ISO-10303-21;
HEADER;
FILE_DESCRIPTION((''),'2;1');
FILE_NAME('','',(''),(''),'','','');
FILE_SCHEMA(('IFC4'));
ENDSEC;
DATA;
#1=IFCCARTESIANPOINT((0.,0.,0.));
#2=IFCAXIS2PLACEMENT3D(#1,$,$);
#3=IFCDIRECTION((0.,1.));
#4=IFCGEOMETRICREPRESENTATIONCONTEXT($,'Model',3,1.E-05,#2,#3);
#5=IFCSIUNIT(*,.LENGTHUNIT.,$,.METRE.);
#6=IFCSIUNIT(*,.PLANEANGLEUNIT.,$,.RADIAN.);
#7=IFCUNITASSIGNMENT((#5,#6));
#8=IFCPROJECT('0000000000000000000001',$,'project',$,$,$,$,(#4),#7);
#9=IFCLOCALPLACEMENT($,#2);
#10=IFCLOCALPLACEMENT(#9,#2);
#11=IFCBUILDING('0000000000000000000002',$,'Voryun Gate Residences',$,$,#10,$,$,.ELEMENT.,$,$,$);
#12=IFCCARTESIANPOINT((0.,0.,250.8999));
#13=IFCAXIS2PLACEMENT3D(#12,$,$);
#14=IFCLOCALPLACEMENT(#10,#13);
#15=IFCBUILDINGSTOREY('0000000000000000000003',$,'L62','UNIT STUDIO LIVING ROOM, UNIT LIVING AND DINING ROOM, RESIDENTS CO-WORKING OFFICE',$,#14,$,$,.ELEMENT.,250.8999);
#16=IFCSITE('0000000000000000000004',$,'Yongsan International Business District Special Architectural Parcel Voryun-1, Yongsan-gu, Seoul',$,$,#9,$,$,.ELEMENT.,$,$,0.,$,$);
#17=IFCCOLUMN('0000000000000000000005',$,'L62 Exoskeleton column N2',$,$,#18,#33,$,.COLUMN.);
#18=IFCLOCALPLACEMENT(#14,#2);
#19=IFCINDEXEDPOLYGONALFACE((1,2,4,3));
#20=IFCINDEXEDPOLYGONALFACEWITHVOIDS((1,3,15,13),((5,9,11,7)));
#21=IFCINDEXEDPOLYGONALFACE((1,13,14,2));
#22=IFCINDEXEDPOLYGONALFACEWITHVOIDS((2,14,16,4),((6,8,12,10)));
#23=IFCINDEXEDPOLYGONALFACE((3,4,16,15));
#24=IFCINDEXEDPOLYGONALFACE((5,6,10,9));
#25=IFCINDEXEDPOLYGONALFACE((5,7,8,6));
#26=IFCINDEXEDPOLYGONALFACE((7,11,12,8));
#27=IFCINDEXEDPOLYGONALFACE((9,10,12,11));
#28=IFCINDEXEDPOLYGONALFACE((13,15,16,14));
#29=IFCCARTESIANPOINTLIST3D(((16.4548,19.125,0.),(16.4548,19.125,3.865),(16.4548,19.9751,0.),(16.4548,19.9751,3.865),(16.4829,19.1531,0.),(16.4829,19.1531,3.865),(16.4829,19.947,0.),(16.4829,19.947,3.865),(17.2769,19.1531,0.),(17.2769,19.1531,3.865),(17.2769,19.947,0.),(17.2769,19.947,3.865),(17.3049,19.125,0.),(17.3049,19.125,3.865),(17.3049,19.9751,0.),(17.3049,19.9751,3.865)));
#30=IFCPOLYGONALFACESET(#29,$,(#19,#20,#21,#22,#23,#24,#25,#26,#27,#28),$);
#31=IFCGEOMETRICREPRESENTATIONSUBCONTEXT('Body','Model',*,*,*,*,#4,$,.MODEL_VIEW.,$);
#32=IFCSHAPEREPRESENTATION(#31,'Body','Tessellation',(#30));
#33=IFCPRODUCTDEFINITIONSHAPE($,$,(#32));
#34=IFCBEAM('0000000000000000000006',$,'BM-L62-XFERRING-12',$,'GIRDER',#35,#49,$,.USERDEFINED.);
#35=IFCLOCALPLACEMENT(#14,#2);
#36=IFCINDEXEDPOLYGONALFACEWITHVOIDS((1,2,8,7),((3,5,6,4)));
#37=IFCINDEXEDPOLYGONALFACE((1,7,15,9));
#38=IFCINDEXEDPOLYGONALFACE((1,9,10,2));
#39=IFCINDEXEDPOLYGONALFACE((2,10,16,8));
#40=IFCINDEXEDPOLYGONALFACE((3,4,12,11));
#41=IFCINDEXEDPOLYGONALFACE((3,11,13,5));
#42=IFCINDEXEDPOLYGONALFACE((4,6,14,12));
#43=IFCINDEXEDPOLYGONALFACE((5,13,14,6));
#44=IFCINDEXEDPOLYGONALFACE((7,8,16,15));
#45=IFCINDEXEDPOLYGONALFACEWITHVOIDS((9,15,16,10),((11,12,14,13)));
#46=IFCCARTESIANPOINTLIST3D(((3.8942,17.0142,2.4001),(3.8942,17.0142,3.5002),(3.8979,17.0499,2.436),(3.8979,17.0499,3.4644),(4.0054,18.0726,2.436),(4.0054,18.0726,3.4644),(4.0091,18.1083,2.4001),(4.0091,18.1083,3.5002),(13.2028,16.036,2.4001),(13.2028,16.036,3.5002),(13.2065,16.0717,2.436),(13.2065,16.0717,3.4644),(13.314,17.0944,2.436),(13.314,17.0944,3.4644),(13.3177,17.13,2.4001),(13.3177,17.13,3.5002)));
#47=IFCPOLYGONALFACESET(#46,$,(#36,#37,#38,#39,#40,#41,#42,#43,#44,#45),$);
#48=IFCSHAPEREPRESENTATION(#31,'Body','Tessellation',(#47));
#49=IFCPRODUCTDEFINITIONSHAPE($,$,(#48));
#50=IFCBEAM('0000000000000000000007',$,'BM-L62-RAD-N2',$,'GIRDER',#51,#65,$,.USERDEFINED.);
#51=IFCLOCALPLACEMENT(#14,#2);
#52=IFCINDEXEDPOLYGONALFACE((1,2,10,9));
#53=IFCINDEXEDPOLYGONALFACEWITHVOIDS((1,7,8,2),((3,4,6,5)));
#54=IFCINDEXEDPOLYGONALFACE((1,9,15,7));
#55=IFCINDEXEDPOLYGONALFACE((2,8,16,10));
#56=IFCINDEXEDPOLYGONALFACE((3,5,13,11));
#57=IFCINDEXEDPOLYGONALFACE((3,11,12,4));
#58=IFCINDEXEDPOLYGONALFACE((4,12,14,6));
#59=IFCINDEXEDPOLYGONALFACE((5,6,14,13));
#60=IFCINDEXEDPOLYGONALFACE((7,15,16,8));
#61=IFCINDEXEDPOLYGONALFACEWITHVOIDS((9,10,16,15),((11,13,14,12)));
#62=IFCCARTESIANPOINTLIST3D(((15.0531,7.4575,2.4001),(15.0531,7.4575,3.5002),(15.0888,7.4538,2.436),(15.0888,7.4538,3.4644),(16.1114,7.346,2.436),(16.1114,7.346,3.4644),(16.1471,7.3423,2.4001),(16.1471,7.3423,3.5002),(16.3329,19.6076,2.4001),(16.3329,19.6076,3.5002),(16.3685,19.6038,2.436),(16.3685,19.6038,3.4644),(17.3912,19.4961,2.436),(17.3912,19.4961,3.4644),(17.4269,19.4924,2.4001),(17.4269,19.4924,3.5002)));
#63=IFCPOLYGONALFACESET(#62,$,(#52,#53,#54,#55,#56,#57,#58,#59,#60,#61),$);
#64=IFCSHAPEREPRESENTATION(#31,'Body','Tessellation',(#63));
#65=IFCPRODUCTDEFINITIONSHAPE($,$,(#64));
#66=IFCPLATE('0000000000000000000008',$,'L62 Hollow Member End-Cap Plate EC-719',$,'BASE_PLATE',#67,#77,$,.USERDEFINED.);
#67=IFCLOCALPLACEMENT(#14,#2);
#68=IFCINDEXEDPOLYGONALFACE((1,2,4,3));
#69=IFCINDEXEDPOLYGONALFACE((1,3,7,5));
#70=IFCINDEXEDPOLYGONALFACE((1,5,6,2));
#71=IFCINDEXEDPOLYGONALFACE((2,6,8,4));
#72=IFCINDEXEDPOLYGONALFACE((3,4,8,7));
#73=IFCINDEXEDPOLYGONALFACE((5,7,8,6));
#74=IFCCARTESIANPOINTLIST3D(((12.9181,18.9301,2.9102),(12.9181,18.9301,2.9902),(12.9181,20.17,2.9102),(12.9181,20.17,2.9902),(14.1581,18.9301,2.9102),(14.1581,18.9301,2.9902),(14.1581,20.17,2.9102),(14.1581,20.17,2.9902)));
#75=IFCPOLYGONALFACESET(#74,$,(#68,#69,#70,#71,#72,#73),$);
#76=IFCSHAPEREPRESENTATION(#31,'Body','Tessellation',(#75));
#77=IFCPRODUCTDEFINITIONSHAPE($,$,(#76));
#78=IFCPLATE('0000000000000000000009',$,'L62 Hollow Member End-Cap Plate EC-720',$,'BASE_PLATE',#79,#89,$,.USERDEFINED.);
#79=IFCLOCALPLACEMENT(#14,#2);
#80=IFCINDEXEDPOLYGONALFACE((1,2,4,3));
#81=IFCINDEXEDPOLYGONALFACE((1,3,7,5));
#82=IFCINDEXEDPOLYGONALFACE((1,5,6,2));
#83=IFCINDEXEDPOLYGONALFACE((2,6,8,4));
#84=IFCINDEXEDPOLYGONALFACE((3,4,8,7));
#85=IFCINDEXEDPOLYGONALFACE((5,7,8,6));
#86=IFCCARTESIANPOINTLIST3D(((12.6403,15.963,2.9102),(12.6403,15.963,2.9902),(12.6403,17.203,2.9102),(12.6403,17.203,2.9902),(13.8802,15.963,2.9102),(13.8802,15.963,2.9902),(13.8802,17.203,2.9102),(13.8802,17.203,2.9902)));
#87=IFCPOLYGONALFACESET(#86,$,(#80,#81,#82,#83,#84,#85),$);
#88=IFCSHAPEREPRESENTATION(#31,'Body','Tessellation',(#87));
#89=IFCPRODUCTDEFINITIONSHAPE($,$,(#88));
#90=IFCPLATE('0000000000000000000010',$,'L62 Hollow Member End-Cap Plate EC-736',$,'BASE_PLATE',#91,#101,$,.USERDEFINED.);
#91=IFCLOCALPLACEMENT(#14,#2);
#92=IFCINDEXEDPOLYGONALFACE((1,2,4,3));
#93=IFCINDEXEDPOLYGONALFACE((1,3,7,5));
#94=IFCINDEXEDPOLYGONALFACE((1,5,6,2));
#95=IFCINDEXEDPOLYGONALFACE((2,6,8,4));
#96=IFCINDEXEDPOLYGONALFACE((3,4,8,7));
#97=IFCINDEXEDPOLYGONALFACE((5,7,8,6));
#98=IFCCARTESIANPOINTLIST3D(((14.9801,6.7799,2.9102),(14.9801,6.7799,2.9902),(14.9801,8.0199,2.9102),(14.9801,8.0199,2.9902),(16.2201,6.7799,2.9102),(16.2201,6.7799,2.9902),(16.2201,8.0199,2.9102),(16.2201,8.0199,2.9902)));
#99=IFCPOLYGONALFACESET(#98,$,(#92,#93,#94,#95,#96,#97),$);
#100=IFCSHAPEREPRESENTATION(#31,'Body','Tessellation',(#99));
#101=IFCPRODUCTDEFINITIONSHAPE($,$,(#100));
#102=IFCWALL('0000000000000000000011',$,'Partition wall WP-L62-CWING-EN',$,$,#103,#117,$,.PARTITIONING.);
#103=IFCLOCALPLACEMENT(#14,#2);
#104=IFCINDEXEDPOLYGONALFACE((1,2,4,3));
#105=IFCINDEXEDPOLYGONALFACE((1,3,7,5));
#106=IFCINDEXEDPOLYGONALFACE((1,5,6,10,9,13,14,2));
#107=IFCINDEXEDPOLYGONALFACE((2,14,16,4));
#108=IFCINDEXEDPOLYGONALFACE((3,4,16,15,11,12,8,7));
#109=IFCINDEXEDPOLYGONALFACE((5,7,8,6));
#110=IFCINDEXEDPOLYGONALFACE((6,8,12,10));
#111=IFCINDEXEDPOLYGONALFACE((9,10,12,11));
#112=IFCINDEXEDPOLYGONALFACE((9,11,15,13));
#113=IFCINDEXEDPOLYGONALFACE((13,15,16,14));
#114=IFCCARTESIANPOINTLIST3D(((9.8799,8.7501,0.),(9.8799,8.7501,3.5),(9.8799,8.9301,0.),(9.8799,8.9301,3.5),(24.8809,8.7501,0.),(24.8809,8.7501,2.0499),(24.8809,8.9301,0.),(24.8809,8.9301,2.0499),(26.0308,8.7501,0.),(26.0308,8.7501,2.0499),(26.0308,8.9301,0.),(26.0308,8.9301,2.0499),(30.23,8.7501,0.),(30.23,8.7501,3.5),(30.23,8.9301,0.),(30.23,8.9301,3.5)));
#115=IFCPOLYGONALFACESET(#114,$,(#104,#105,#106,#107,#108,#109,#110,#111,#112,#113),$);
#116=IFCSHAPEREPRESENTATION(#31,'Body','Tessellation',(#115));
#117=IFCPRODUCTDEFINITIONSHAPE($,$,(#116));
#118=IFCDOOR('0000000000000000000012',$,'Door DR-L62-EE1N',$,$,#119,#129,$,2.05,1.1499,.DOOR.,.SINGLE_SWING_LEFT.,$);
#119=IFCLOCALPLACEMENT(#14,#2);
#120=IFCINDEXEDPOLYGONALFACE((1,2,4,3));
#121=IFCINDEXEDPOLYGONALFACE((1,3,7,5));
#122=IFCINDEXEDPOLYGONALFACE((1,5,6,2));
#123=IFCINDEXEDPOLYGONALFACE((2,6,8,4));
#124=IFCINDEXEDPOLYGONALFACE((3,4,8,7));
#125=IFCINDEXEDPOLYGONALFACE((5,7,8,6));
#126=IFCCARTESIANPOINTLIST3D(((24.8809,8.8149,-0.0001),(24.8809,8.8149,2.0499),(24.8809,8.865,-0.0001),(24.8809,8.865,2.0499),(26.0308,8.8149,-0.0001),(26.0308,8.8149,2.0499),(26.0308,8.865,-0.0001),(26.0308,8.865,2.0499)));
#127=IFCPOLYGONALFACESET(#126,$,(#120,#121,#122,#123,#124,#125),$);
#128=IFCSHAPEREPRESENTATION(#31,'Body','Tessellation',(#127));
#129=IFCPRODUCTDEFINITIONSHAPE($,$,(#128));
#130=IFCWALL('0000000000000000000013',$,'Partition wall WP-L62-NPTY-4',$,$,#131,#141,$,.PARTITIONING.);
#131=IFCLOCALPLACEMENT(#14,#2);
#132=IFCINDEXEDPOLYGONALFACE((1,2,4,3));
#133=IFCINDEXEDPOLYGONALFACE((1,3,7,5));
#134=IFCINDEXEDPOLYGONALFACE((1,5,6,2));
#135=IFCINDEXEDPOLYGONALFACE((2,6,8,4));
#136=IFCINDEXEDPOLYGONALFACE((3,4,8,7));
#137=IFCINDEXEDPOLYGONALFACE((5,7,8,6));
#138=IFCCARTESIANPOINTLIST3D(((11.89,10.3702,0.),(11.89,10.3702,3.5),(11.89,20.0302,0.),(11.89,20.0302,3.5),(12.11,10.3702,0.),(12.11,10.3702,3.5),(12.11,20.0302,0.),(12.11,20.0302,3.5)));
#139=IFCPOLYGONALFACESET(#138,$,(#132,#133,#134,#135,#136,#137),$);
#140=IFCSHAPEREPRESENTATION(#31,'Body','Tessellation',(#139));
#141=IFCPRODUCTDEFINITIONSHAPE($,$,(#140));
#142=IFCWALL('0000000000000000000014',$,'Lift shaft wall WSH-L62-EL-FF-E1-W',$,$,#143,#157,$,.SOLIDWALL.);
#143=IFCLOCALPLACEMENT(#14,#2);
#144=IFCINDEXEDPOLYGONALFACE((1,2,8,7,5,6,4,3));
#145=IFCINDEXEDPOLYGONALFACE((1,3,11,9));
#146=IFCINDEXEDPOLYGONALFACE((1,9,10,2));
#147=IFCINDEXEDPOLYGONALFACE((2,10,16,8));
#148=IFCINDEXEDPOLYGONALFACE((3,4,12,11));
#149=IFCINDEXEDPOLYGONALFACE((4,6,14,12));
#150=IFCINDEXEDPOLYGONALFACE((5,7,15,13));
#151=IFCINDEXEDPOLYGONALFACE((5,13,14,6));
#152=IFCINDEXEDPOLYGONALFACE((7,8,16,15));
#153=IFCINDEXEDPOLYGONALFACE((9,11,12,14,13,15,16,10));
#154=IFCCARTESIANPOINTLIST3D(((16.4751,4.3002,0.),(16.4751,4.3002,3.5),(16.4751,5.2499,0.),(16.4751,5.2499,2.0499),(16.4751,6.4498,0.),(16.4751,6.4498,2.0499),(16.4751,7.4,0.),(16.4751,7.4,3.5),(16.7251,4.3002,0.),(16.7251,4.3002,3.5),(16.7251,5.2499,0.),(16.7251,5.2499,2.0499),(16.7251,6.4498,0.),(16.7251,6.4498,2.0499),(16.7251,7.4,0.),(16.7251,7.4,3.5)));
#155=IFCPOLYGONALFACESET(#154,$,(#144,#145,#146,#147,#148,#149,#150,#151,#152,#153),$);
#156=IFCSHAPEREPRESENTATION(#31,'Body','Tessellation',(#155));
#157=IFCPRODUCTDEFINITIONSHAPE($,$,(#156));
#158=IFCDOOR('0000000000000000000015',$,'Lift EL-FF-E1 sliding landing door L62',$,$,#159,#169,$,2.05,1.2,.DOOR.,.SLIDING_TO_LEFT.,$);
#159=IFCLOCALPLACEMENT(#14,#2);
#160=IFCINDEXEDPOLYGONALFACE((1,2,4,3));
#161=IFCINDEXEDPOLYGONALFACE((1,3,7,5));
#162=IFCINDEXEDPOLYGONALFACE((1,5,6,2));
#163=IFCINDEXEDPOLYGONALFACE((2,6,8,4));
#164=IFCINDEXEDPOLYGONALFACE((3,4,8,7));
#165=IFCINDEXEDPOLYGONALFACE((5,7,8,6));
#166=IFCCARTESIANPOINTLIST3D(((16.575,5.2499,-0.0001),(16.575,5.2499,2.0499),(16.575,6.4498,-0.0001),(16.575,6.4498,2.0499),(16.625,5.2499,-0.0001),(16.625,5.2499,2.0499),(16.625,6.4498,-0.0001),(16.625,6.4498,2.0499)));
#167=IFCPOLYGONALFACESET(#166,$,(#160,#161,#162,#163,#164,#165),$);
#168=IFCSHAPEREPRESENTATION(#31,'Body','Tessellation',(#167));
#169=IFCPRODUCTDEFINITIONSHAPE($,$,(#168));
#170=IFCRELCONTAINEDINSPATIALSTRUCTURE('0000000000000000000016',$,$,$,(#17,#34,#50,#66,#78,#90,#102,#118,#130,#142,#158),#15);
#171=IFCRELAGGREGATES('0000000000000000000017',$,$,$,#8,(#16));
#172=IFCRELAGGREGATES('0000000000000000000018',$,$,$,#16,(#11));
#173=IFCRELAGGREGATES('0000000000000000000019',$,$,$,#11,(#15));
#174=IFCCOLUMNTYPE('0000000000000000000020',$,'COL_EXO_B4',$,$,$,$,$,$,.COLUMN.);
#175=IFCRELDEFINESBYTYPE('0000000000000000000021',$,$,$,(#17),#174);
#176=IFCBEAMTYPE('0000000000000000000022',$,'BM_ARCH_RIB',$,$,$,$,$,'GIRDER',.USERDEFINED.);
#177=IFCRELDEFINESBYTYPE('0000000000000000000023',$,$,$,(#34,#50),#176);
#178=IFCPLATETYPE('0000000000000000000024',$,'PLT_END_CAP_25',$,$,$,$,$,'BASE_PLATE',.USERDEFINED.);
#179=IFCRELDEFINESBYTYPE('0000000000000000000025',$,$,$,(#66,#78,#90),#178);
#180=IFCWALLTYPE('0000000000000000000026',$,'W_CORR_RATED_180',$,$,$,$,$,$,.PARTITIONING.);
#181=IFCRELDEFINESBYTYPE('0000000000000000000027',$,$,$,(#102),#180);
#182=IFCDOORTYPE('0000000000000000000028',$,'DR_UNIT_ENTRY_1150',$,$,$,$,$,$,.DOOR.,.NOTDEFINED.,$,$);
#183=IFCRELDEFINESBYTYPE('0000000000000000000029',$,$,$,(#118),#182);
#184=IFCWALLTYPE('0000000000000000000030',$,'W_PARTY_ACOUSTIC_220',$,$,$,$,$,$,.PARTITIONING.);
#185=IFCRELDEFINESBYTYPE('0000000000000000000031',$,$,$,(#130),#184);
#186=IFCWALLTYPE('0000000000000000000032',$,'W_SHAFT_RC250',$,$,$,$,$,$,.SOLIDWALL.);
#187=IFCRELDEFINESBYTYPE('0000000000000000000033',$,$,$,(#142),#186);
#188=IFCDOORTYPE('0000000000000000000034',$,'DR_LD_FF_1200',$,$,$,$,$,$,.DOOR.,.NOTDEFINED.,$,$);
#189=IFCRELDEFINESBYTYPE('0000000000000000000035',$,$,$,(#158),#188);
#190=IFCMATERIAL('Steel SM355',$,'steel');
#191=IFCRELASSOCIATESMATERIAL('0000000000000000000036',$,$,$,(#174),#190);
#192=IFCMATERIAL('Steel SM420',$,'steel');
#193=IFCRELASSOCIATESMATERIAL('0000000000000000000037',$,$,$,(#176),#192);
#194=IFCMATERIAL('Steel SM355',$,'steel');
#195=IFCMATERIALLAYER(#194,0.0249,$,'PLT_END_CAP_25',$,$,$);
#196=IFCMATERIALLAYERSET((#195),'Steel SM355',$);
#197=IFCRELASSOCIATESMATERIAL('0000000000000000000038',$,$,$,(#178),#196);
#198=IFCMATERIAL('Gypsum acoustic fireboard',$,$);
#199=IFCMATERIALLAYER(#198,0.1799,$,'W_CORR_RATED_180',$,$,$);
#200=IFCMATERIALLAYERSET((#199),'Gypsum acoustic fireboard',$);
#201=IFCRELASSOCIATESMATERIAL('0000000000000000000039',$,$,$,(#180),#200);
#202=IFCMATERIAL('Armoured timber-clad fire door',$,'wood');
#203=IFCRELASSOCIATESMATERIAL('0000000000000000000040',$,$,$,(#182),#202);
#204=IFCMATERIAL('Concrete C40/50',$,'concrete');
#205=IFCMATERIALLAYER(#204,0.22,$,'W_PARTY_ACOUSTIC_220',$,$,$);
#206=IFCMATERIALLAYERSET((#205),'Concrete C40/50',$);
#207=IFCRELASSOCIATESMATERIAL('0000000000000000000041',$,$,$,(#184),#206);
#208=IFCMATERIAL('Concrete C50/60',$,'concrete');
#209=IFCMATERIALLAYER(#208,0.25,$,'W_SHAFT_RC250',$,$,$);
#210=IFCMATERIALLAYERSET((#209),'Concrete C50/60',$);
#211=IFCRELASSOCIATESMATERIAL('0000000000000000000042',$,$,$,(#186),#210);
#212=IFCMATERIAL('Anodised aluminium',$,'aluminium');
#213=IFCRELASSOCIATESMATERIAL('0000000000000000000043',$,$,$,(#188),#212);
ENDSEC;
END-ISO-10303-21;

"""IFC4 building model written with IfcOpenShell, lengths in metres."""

from ifc_helpers import new_model, si_unit, direction, frame, frame_2d, origin, origin_2d, place, context, subcontext, project, spatial, rectangle, hollow_rectangle, extrude, material, layer, layer_set, material_profile, profile_set, type_object, element, fill, save


model = new_model("IFC4")

# Units and contexts
model_context = context("Model", 3, precision=1e-05, world=origin(), true_north=direction((0.0, 1.0)))
body_context = subcontext(model_context, "Body", "Model", "MODEL_VIEW")
ifc_project = project(units=[si_unit("LENGTHUNIT", "METRE"), si_unit("PLANEANGLEUNIT", "RADIAN")], contexts=[model_context])

# Site, building, storey
site_placement = place(None, origin())
site = spatial("IfcSite", under=ifc_project, at=site_placement, Name="Yongsan International Business District Special Architectural Parcel Voryun-1, Yongsan-gu, Seoul", CompositionType="ELEMENT", RefElevation=0.0)
building_placement = place(site_placement, origin())
building = spatial("IfcBuilding", under=site, at=building_placement, Name="Voryun Gate Residences", CompositionType="ELEMENT")
storey_placement = place(building_placement, frame((0.0, 0.0, 250.8999)))
storey = spatial("IfcBuildingStorey", under=building, at=storey_placement, Name="L62", Description="UNIT STUDIO LIVING ROOM, UNIT LIVING AND DINING ROOM, RESIDENTS CO-WORKING OFFICE", CompositionType="ELEMENT", Elevation=250.8999)

# Column
ifc_material_1 = material(Name="Steel SM355", Category="steel")
ifc_material_profile_1 = material_profile(ifc_material_1, hollow_rectangle(XDim=0.8501, YDim=0.8501, WallThickness=0.0281, at=origin_2d()), Name="BOX-850x850x28")
ifc_profile_set_1 = profile_set([ifc_material_profile_1], Name="Steel SM355")
column_type = type_object("IfcColumnType", Name="COL_EXO_B4", PredefinedType="COLUMN", material=ifc_profile_set_1)
column_placement = place(storey_placement, frame((16.8799, 19.55, 0.0), z_axis=(0.0, 0.0, 1.0), x_axis=(1.0, 0.0, 0.0)))
element("IfcColumn", 1, at=column_placement, inside=storey, type_object=column_type, Name="L62 Exoskeleton column N2", PredefinedType="COLUMN", context=body_context, shape_type="SweptSolid", body=[
    extrude(hollow_rectangle(XDim=0.8501, YDim=0.8501, WallThickness=0.0281, at=origin_2d()), origin(), (0.0, 0.0, 1.0), 3.865),
])

# Beams
ifc_material_2 = material(Name="Steel SM420", Category="steel")
ifc_material_profile_2 = material_profile(ifc_material_2, hollow_rectangle(XDim=1.1001, YDim=1.1001, WallThickness=0.0359, at=origin_2d()), Name="BOX-1100x1100x36")
ifc_profile_set_2 = profile_set([ifc_material_profile_2], Name="Steel SM420")
beam_type = type_object("IfcBeamType", Name="BM_ARCH_RIB", ElementType="GIRDER", PredefinedType="USERDEFINED", material=ifc_profile_set_2)
beam_1_placement = place(storey_placement, frame((13.2603, 16.583, 2.9502), z_axis=(-0.994523, 0.104518, 0.0), x_axis=(-0.104518, -0.994523, 0.0)))
element("IfcBeam", 2, at=beam_1_placement, inside=storey, type_object=beam_type, Name="BM-L62-XFERRING-12", ObjectType="GIRDER", PredefinedType="USERDEFINED", context=body_context, shape_type="SweptSolid", body=[
    extrude(hollow_rectangle(XDim=1.1001, YDim=1.1001, WallThickness=0.0359, at=origin_2d()), origin(), (0.0, 0.0, 1.0), 9.3599),
])
beam_2_placement = place(storey_placement, frame((15.6001, 7.3999, 2.9502), z_axis=(0.104751, 0.994498, 0.0), x_axis=(-0.994498, 0.104751, 0.0)))
element("IfcBeam", 3, at=beam_2_placement, inside=storey, type_object=beam_type, Name="BM-L62-RAD-N2", ObjectType="GIRDER", PredefinedType="USERDEFINED", context=body_context, shape_type="SweptSolid", body=[
    extrude(hollow_rectangle(XDim=1.1001, YDim=1.1001, WallThickness=0.0359, at=origin_2d()), origin(), (0.0, 0.0, 1.0), 12.2173),
])

# Plates
ifc_material_3 = material(Name="Steel SM355", Category="steel")
ifc_layer_1 = layer(ifc_material_3, 0.0249, Name="PLT_END_CAP_25")
ifc_layer_set_1 = layer_set([ifc_layer_1], Name="Steel SM355")
plate_type = type_object("IfcPlateType", Name="PLT_END_CAP_25", ElementType="BASE_PLATE", PredefinedType="USERDEFINED", material=ifc_layer_set_1)
for number, where, z_axis, x_axis, name in (
    (4, (13.5381, 19.55, 2.9102), (0.0, 0.0, 1.0), (1.0, 0.0, 0.0), "L62 Hollow Member End-Cap Plate EC-719"),
    (5, (13.2603, 16.583, 2.9102), (0.0, 0.0, 1.0), (1.0, 0.0, 0.0), "L62 Hollow Member End-Cap Plate EC-720"),
    (6, (15.6001, 7.3999, 2.9102), (0.0, 0.0, 1.0), (1.0, 0.0, 0.0), "L62 Hollow Member End-Cap Plate EC-736"),
):
    element("IfcPlate", number, at=place(storey_placement, frame(where, z_axis=z_axis, x_axis=x_axis)), inside=storey, type_object=plate_type, Name=name, ObjectType="BASE_PLATE", PredefinedType="USERDEFINED", context=body_context, shape_type="SweptSolid", body=[
        extrude(rectangle(XDim=1.24, YDim=1.24, at=origin_2d()), origin(), (0.0, 0.0, 1.0), 0.0801),
    ])

# Wall, opening, door
ifc_material_4 = material(Name="Gypsum acoustic fireboard")
ifc_layer_2 = layer(ifc_material_4, 0.1799, Name="W_CORR_RATED_180")
ifc_layer_set_2 = layer_set([ifc_layer_2], Name="Gypsum acoustic fireboard")
wall_type_1 = type_object("IfcWallType", Name="W_CORR_RATED_180", PredefinedType="PARTITIONING", material=ifc_layer_set_2)
wall_1_placement = place(storey_placement, frame((9.8799, 8.8401, 0.0), z_axis=(0.0, 0.0, 1.0), x_axis=(1.0, 0.0, 0.0)))
wall_1 = element("IfcWall", 7, at=wall_1_placement, inside=storey, type_object=wall_type_1, Name="Partition wall WP-L62-CWING-EN", PredefinedType="PARTITIONING", context=body_context, shape_type="SweptSolid", body=[
    extrude(rectangle(XDim=20.3501, YDim=0.1799, at=frame_2d((10.175, 0.0))), origin(), (0.0, 0.0, 1.0), 3.5),
])
opening_1_placement = place(wall_1_placement, frame((15.001, 0.0, 0.0)))
opening_1 = element("IfcOpeningElement", 8, at=opening_1_placement, cuts=wall_1, PredefinedType="OPENING", context=body_context, shape_type="SweptSolid", body=[
    extrude(rectangle(XDim=1.1499, YDim=2.05, at=frame_2d((0.575, 1.0249))), frame((0.0, 0.0999, 0.0), z_axis=(0.0, -1.0, 0.0), x_axis=(1.0, 0.0, 0.0)), (0.0, 0.0, 1.0), 0.2),
])
ifc_material_5 = material(Name="Armoured timber-clad fire door", Category="wood")
door_type_1 = type_object("IfcDoorType", Name="DR_UNIT_ENTRY_1150", OperationType="NOTDEFINED", PredefinedType="DOOR", material=ifc_material_5)
door_1_placement = place(opening_1_placement, origin())
door_1 = element("IfcDoor", 9, at=door_1_placement, inside=storey, type_object=door_type_1, Name="Door DR-L62-EE1N", OperationType="SINGLE_SWING_LEFT", OverallHeight=2.05, OverallWidth=1.1499, PredefinedType="DOOR", context=body_context, shape_type="SweptSolid", body=[
    extrude(rectangle(XDim=1.1499, YDim=2.05, at=frame_2d((0.575, 1.0249))), frame((0.0, 0.0249, 0.0), z_axis=(0.0, -1.0, 0.0), x_axis=(1.0, 0.0, 0.0)), (0.0, 0.0, 1.0), 0.05),
])
fill(opening_1, door_1)

# Wall
ifc_material_6 = material(Name="Concrete C40/50", Category="concrete")
ifc_layer_3 = layer(ifc_material_6, 0.22, Name="W_PARTY_ACOUSTIC_220")
ifc_layer_set_3 = layer_set([ifc_layer_3], Name="Concrete C40/50")
wall_type_2 = type_object("IfcWallType", Name="W_PARTY_ACOUSTIC_220", PredefinedType="PARTITIONING", material=ifc_layer_set_3)
wall_2_placement = place(storey_placement, frame((12.0, 10.3701, 0.0), z_axis=(0.0, 0.0, 1.0), x_axis=(0.0, 1.0, 0.0)))
element("IfcWall", 10, at=wall_2_placement, inside=storey, type_object=wall_type_2, Name="Partition wall WP-L62-NPTY-4", PredefinedType="PARTITIONING", context=body_context, shape_type="SweptSolid", body=[
    extrude(rectangle(XDim=9.6599, YDim=0.22, at=frame_2d((4.8301, 0.0))), origin(), (0.0, 0.0, 1.0), 3.5),
])

# Wall, opening, door
ifc_material_7 = material(Name="Concrete C50/60", Category="concrete")
ifc_layer_4 = layer(ifc_material_7, 0.25, Name="W_SHAFT_RC250")
ifc_layer_set_4 = layer_set([ifc_layer_4], Name="Concrete C50/60")
wall_type_3 = type_object("IfcWallType", Name="W_SHAFT_RC250", PredefinedType="SOLIDWALL", material=ifc_layer_set_4)
wall_3_placement = place(storey_placement, frame((16.6001, 7.3999, 0.0), z_axis=(0.0, 0.0, 1.0), x_axis=(0.0, -1.0, 0.0)))
wall_3 = element("IfcWall", 11, at=wall_3_placement, inside=storey, type_object=wall_type_3, Name="Lift shaft wall WSH-L62-EL-FF-E1-W", PredefinedType="SOLIDWALL", context=body_context, shape_type="SweptSolid", body=[
    extrude(rectangle(XDim=3.0999, YDim=0.25, at=frame_2d((1.5498, 0.0))), origin(), (0.0, 0.0, 1.0), 3.5),
])
opening_2_placement = place(wall_3_placement, frame((0.95, 0.0, 0.0)))
opening_2 = element("IfcOpeningElement", 12, at=opening_2_placement, cuts=wall_3, PredefinedType="OPENING", context=body_context, shape_type="SweptSolid", body=[
    extrude(rectangle(XDim=1.2, YDim=2.05, at=frame_2d((0.6001, 1.0249))), frame((0.0, 0.135, 0.0), z_axis=(0.0, -1.0, 0.0), x_axis=(1.0, 0.0, 0.0)), (0.0, 0.0, 1.0), 0.27),
])
ifc_material_8 = material(Name="Anodised aluminium", Category="aluminium")
door_type_2 = type_object("IfcDoorType", Name="DR_LD_FF_1200", OperationType="NOTDEFINED", PredefinedType="DOOR", material=ifc_material_8)
door_2_placement = place(opening_2_placement, origin())
door_2 = element("IfcDoor", 13, at=door_2_placement, inside=storey, type_object=door_type_2, Name="Lift EL-FF-E1 sliding landing door L62", OperationType="SLIDING_TO_LEFT", OverallHeight=2.05, OverallWidth=1.2, PredefinedType="DOOR", context=body_context, shape_type="SweptSolid", body=[
    extrude(rectangle(XDim=1.2, YDim=2.05, at=frame_2d((0.6001, 1.0249))), frame((0.0, 0.0249, 0.0), z_axis=(0.0, -1.0, 0.0), x_axis=(1.0, 0.0, 0.0)), (0.0, 0.0, 1.0), 0.05),
])
fill(opening_2, door_2)

save(model, "model.ifc")
